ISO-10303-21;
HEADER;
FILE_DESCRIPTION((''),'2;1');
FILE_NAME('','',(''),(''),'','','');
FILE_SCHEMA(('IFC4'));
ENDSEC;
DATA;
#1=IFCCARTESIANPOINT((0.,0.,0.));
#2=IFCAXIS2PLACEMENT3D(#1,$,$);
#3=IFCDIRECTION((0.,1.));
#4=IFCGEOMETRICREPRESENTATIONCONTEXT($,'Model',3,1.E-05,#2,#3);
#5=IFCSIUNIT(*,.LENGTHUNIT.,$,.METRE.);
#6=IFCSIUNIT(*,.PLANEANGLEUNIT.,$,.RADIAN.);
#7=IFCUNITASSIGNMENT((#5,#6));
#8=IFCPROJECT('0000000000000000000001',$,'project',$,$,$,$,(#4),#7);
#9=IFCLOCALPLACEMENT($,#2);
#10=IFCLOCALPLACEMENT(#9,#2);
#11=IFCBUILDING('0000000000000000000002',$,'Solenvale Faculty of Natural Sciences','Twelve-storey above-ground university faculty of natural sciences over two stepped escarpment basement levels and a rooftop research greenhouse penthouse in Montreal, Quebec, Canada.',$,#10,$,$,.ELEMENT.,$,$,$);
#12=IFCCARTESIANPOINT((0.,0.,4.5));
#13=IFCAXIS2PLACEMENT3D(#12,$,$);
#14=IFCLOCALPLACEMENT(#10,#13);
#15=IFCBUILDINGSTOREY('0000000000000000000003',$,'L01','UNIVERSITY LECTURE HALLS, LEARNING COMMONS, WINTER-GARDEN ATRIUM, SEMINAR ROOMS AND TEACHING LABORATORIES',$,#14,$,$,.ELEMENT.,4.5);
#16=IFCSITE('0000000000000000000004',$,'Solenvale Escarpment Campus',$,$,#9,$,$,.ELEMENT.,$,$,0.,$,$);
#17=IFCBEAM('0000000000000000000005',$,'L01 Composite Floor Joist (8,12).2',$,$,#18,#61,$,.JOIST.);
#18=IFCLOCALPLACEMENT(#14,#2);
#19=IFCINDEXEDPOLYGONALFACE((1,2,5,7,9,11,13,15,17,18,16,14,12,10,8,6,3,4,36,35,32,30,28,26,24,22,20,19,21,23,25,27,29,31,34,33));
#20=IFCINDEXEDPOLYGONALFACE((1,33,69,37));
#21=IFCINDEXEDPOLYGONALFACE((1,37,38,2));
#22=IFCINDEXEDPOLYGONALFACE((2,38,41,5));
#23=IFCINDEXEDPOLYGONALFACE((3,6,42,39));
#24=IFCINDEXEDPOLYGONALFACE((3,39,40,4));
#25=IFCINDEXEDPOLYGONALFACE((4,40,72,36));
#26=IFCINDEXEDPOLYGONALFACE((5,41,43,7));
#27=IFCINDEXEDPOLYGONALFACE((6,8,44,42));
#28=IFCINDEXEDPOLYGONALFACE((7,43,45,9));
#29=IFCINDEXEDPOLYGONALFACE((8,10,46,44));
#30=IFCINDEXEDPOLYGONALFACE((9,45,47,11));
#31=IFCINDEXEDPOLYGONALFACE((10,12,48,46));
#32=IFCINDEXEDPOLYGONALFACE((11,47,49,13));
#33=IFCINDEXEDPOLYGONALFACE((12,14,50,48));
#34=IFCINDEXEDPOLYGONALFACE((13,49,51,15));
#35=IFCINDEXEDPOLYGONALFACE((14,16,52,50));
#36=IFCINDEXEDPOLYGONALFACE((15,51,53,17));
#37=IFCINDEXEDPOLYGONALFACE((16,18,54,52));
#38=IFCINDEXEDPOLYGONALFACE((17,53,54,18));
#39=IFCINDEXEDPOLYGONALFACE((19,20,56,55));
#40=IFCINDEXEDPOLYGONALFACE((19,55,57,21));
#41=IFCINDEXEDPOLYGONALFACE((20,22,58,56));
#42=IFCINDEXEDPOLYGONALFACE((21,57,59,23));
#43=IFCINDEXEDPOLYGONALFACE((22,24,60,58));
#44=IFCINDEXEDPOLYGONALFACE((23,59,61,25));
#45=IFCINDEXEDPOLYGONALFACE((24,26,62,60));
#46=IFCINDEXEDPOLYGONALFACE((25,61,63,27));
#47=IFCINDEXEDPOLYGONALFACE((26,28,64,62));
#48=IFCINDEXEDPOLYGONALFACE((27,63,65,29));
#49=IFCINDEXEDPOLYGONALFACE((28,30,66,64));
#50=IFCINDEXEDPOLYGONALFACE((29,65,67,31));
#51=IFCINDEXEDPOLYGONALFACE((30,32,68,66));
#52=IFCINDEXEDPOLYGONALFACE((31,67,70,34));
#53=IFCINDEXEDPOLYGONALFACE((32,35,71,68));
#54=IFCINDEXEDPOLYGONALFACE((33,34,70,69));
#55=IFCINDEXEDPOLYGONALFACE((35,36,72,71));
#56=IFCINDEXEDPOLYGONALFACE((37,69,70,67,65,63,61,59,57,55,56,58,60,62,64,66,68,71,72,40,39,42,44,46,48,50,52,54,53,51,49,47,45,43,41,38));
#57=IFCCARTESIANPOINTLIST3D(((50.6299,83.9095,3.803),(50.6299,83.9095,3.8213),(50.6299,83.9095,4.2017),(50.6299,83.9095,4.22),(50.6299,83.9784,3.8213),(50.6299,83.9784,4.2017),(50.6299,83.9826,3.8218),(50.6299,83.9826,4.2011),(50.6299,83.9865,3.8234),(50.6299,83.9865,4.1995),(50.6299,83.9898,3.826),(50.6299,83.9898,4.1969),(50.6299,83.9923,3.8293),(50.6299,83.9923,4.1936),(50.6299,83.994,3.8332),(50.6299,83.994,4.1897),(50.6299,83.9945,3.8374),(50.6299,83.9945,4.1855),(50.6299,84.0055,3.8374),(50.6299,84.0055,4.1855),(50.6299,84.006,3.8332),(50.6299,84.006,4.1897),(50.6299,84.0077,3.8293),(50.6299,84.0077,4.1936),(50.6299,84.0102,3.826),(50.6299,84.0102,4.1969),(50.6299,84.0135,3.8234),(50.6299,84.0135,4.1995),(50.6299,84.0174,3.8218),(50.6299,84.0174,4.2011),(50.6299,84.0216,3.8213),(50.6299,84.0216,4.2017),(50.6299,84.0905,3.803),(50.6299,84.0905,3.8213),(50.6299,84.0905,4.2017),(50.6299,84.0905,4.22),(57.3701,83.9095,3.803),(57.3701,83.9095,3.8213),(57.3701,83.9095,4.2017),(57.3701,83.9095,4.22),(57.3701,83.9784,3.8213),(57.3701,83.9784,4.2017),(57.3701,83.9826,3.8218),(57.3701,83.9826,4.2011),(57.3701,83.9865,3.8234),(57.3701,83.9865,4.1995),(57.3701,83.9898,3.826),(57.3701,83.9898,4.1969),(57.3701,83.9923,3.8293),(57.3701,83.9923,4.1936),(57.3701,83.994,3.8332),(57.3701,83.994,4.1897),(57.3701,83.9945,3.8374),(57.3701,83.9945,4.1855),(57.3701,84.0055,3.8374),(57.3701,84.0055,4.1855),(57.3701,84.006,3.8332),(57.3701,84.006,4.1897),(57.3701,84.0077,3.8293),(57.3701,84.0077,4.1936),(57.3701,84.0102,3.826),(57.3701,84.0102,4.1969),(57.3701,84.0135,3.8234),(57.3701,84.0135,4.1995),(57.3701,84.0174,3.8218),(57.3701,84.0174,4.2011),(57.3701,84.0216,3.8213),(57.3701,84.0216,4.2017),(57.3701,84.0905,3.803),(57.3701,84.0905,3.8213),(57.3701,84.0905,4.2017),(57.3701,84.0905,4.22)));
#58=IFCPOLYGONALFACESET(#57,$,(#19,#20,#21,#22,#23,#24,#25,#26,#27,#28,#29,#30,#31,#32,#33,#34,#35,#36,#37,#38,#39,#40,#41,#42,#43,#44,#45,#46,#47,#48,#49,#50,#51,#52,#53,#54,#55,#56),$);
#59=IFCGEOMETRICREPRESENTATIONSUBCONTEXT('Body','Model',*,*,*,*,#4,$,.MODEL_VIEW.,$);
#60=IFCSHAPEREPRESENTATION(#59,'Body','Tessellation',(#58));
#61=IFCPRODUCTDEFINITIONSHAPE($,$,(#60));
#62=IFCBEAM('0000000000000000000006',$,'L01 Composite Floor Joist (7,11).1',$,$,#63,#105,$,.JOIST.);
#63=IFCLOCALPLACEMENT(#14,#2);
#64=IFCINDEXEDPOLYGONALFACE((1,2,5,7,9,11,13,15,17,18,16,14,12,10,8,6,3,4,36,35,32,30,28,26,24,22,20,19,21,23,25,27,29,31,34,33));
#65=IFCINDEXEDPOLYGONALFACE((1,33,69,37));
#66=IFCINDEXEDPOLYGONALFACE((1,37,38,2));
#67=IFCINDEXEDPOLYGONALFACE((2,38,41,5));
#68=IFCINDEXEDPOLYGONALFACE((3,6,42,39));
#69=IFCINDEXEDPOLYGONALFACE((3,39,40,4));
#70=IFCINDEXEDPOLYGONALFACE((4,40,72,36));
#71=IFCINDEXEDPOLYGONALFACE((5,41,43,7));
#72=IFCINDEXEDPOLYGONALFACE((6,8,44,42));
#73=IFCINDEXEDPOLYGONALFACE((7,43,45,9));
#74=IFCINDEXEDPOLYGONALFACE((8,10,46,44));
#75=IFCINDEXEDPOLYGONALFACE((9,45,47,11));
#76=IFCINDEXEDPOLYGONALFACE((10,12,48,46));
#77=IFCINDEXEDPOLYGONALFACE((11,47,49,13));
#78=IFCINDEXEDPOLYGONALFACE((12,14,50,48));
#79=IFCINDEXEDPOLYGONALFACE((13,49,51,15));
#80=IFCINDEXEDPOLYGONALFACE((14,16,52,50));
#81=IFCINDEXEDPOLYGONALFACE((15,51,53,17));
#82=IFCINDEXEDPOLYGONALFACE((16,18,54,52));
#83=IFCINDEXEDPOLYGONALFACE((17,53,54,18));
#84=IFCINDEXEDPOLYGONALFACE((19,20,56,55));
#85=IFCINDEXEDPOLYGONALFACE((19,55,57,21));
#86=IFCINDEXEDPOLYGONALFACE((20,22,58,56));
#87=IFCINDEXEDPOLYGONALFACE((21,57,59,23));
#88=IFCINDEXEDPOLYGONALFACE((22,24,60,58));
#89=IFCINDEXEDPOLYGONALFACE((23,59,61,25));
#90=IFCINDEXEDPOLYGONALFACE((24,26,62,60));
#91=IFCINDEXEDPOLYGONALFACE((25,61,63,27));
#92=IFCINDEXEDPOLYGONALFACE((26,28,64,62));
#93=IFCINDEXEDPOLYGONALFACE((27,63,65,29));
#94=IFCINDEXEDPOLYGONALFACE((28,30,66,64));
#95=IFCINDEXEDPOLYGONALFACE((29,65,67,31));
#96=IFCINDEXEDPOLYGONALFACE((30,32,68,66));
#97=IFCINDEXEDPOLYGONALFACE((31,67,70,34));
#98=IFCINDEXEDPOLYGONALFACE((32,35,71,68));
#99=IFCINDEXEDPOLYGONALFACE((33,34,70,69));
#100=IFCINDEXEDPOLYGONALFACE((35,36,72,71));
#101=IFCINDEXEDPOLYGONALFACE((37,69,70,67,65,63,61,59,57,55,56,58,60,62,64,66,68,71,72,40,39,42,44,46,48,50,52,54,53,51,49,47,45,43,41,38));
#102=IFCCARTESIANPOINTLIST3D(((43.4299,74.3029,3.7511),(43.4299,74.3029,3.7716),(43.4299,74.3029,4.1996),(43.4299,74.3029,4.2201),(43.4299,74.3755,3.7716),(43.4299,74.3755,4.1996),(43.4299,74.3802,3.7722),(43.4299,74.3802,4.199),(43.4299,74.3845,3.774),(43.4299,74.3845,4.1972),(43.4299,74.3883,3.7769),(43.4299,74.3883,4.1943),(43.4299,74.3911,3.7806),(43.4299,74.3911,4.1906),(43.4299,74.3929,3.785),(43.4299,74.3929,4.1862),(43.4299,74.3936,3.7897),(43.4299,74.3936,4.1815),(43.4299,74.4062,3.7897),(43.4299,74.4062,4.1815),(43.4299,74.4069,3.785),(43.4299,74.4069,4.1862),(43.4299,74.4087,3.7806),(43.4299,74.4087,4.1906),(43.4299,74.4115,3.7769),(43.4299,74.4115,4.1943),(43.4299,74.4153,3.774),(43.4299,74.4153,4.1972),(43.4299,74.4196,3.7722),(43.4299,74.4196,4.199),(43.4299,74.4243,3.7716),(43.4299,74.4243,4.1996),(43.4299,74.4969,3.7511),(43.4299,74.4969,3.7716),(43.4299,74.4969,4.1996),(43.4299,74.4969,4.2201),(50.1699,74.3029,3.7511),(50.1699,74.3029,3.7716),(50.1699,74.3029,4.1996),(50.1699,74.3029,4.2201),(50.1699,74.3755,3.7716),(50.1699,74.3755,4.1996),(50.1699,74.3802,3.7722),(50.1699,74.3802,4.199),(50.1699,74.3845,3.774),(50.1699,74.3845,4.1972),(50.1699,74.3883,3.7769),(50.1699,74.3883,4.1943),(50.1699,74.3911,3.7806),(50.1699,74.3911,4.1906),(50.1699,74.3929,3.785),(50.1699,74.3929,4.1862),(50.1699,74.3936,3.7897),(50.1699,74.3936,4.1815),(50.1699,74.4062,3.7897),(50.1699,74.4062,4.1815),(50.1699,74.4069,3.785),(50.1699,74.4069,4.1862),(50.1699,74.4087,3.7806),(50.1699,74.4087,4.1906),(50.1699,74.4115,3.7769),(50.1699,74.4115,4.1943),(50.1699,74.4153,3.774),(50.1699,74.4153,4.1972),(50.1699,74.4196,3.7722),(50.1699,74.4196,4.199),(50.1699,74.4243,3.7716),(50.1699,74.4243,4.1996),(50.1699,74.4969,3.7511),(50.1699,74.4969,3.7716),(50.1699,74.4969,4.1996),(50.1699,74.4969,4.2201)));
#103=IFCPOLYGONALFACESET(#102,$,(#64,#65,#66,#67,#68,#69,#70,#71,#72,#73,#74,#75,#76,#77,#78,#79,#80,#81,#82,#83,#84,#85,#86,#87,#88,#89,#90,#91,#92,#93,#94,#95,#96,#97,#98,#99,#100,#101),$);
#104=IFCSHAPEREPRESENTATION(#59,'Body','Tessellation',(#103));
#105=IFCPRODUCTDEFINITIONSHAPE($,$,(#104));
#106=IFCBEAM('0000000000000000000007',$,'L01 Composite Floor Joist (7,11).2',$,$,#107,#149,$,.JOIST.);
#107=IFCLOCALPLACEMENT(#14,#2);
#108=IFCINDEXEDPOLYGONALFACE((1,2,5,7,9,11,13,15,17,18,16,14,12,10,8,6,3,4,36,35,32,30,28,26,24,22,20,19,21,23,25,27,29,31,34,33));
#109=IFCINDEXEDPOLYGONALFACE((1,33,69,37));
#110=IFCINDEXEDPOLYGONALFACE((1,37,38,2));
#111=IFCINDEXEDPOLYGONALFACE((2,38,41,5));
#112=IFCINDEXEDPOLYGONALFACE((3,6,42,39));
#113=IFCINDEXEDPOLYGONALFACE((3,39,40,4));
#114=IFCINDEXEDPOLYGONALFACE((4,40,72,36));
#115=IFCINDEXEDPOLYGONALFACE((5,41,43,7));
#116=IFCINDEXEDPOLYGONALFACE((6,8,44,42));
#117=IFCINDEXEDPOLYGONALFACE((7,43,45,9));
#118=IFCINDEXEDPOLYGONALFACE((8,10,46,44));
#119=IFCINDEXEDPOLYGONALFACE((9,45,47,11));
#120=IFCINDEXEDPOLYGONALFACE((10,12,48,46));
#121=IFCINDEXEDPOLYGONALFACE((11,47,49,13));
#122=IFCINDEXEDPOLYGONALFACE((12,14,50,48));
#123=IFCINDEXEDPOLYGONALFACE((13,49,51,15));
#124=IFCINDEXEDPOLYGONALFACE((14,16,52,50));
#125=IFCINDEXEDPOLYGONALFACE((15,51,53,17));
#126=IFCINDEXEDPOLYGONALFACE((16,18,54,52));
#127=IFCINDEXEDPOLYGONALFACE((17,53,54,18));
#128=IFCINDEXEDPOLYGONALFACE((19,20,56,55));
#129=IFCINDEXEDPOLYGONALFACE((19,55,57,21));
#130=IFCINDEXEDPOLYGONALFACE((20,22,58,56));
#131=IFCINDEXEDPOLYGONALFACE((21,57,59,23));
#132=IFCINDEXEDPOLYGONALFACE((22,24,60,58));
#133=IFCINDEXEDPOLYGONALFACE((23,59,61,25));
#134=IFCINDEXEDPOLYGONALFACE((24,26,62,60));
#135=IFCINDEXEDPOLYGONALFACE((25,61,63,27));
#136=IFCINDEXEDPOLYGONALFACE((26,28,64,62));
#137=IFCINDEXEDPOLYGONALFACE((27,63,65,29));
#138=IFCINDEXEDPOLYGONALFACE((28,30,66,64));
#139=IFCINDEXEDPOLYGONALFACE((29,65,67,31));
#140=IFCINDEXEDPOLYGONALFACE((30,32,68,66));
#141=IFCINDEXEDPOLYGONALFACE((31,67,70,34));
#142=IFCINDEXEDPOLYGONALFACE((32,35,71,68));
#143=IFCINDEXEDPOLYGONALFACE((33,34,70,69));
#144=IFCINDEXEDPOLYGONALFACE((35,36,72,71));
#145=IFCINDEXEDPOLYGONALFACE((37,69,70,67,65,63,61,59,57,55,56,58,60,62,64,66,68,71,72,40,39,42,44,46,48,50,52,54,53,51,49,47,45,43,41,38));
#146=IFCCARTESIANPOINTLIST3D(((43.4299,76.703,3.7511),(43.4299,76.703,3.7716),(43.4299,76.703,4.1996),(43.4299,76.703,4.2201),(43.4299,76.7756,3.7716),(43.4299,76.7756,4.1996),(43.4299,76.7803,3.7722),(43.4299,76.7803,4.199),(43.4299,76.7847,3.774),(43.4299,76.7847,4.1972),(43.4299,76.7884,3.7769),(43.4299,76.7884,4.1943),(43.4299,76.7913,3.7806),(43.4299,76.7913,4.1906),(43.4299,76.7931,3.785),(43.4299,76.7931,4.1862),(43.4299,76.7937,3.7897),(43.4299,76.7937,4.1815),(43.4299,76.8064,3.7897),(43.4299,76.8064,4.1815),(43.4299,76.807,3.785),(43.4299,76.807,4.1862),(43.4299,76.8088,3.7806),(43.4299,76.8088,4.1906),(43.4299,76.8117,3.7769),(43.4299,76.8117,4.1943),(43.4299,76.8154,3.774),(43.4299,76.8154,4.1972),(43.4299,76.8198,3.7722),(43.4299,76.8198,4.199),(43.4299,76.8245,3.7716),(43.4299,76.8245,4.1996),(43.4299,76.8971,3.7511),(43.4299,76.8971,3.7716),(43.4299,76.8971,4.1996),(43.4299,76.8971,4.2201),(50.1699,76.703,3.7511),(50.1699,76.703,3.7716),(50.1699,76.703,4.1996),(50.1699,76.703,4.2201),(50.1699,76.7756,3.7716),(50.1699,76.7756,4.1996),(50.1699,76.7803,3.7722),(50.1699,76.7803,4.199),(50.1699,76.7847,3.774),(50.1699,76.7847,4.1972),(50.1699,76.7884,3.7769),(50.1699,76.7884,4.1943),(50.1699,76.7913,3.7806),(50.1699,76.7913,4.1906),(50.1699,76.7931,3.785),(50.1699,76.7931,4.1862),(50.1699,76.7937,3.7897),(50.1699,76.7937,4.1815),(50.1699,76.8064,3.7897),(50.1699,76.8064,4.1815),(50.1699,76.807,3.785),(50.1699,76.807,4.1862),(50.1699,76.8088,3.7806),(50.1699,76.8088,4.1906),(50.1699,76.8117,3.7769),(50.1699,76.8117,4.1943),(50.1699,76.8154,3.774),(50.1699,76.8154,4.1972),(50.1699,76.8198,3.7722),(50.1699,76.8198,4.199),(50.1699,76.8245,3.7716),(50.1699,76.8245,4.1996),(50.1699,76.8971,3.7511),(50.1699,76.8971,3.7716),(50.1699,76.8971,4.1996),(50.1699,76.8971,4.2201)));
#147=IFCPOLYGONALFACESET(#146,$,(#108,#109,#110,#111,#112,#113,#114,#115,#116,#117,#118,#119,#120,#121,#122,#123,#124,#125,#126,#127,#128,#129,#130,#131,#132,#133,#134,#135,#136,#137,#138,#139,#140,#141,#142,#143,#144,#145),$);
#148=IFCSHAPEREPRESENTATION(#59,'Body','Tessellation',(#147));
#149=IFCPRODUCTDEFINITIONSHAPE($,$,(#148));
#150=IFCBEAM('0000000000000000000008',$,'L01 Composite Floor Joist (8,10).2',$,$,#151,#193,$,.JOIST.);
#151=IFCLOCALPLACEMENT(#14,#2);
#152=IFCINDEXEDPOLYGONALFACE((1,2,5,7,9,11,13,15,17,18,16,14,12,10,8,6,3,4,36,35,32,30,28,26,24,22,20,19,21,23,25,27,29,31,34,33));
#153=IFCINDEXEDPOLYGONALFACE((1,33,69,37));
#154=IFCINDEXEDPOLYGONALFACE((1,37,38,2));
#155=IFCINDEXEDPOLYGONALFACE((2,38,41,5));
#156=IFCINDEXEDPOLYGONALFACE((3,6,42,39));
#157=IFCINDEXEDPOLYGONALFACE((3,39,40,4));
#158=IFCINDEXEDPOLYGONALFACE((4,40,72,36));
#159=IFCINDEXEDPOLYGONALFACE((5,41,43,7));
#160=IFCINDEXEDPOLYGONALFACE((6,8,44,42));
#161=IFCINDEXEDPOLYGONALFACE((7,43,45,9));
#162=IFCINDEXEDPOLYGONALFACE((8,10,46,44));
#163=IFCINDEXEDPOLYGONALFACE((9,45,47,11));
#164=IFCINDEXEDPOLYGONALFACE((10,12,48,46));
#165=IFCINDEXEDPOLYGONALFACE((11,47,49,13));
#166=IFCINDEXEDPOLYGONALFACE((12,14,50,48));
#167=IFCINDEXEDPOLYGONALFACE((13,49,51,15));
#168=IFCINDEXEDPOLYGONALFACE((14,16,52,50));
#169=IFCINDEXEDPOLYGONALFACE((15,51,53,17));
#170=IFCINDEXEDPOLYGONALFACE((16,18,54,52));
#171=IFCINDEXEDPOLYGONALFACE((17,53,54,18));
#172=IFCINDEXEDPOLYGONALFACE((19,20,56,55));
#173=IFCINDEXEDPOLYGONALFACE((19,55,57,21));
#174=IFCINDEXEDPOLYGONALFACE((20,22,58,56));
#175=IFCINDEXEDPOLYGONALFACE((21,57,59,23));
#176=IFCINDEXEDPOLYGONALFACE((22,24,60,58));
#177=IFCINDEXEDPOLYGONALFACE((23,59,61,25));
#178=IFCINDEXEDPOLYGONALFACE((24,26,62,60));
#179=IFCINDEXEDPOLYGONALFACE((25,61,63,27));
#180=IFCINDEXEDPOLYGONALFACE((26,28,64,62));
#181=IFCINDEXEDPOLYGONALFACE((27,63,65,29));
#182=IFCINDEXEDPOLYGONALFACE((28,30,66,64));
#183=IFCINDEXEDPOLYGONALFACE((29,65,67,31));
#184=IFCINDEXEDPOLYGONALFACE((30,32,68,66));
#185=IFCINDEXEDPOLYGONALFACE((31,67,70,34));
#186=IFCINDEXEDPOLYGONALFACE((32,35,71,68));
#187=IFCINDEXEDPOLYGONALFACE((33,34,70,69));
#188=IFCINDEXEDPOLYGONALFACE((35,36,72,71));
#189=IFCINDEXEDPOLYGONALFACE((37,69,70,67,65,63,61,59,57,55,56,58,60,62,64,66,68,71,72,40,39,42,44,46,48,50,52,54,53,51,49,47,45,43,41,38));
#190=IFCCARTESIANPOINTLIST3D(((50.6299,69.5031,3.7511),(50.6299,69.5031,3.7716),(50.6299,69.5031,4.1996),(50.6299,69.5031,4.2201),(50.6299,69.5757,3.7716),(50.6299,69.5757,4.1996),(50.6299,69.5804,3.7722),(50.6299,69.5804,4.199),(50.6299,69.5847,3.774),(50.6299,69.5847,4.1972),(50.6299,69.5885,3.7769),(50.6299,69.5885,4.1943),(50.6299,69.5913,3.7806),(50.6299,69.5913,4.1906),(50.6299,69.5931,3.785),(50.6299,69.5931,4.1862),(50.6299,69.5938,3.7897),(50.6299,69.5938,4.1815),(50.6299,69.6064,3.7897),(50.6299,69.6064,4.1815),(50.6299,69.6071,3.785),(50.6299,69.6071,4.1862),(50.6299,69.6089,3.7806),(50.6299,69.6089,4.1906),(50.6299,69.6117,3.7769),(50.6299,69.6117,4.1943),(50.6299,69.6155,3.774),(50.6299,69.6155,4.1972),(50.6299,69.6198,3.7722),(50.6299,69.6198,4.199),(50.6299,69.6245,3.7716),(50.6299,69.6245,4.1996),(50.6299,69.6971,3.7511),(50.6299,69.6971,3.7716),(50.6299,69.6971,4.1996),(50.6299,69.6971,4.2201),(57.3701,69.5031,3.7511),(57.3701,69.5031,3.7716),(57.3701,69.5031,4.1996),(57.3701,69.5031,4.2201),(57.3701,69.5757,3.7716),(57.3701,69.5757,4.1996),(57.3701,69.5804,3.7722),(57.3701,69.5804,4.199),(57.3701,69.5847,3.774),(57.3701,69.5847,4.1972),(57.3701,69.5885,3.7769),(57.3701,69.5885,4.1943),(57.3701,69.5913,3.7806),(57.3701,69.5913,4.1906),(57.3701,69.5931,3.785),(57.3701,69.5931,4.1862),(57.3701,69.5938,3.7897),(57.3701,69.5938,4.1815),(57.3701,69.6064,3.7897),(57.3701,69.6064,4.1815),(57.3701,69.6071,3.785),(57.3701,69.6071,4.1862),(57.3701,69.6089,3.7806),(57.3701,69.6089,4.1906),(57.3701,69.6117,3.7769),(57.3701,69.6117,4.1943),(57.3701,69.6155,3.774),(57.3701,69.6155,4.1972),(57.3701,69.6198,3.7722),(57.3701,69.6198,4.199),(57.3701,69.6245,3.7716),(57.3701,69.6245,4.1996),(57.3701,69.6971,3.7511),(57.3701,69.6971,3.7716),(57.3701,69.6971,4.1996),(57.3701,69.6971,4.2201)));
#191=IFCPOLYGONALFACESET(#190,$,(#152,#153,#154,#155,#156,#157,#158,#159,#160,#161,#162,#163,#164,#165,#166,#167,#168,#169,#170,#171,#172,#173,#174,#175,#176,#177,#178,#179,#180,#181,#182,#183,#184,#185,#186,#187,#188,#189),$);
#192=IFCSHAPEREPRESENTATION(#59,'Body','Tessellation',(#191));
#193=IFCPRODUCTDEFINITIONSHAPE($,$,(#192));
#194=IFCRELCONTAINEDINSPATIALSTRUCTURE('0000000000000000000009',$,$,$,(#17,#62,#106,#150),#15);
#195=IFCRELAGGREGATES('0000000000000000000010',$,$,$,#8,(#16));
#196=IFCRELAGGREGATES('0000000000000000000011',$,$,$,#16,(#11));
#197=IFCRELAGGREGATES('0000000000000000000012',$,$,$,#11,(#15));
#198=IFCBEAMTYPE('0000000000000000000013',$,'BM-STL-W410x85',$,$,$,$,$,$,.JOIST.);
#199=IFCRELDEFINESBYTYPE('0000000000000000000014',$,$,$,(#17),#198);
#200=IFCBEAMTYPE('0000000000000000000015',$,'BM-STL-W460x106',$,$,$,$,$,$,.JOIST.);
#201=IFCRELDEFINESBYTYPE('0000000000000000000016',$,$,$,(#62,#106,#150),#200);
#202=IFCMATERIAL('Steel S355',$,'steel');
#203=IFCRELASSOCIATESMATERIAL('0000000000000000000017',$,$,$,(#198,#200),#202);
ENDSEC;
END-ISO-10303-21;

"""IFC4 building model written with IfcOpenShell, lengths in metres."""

from ifc_helpers import new_model, si_unit, direction, frame, origin, origin_2d, place, context, subcontext, project, spatial, i_section, extrude, material, material_profile, profile_set, type_object, element, save


model = new_model("IFC4")

# Units and contexts
model_context = context("Model", 3, precision=1e-05, world=origin(), true_north=direction((0.0, 1.0)))
body_context = subcontext(model_context, "Body", "Model", "MODEL_VIEW")
ifc_project = project(units=[si_unit("LENGTHUNIT", "METRE"), si_unit("PLANEANGLEUNIT", "RADIAN")], contexts=[model_context])

# Site, building, storey
site_placement = place(None, origin())
site = spatial("IfcSite", under=ifc_project, at=site_placement, Name="Solenvale Escarpment Campus", CompositionType="ELEMENT", RefElevation=0.0)
building_placement = place(site_placement, origin())
building = spatial("IfcBuilding", under=site, at=building_placement, Name="Solenvale Faculty of Natural Sciences", Description="Twelve-storey above-ground university faculty of natural sciences over two stepped escarpment basement levels and a rooftop research greenhouse penthouse in Montreal, Quebec, Canada.", CompositionType="ELEMENT")
storey_placement = place(building_placement, frame((0.0, 0.0, 4.5)))
storey = spatial("IfcBuildingStorey", under=building, at=storey_placement, Name="L01", Description="UNIVERSITY LECTURE HALLS, LEARNING COMMONS, WINTER-GARDEN ATRIUM, SEMINAR ROOMS AND TEACHING LABORATORIES", CompositionType="ELEMENT", Elevation=4.5)

# Beams
ifc_material_1 = material(Name="Steel S355", Category="steel")
ifc_material_profile_1 = material_profile(ifc_material_1, i_section(OverallWidth=0.1809, OverallDepth=0.417, WebThickness=0.011, FlangeThickness=0.0183, FilletRadius=0.0161, at=origin_2d()), Name="W410x85")
ifc_profile_set_1 = profile_set([ifc_material_profile_1], Name="Steel S355")
beam_type_1 = type_object("IfcBeamType", Name="BM-STL-W410x85", PredefinedType="JOIST", material=ifc_profile_set_1)
for number, where, z_axis, x_axis, name in (
    (1, (50.6299, 84.0, 4.0115), (1.0, 0.0, 0.0), (0.0, 1.0, 0.0), "L01 Composite Floor Joist (8,12).2"),
):
    element("IfcBeam", number, at=place(storey_placement, frame(where, z_axis=z_axis, x_axis=x_axis)), inside=storey, type_object=beam_type_1, Name=name, PredefinedType="JOIST", context=body_context, shape_type="SweptSolid", body=[
        extrude(i_section(OverallWidth=0.1809, OverallDepth=0.417, WebThickness=0.011, FlangeThickness=0.0183, FilletRadius=0.0161, at=origin_2d()), origin(), (0.0, 0.0, 1.0), 6.7402),
    ])
ifc_material_profile_2 = material_profile(ifc_material_1, i_section(OverallWidth=0.1941, OverallDepth=0.469, WebThickness=0.0127, FlangeThickness=0.0205, FilletRadius=0.0181, at=origin_2d()), Name="W460x106")
ifc_profile_set_2 = profile_set([ifc_material_profile_2], Name="Steel S355")
beam_type_2 = type_object("IfcBeamType", Name="BM-STL-W460x106", PredefinedType="JOIST", material=ifc_profile_set_2)
for number, where, z_axis, x_axis, name in (
    (2, (43.4299, 74.3999, 3.9856), (1.0, 0.0, 0.0), (0.0, 1.0, 0.0), "L01 Composite Floor Joist (7,11).1"),
    (3, (43.4299, 76.8, 3.9856), (1.0, 0.0, 0.0), (0.0, 1.0, 0.0), "L01 Composite Floor Joist (7,11).2"),
):
    element("IfcBeam", number, at=place(storey_placement, frame(where, z_axis=z_axis, x_axis=x_axis)), inside=storey, type_object=beam_type_2, Name=name, PredefinedType="JOIST", context=body_context, shape_type="SweptSolid", body=[
        extrude(i_section(OverallWidth=0.1941, OverallDepth=0.469, WebThickness=0.0127, FlangeThickness=0.0205, FilletRadius=0.0181, at=origin_2d()), origin(), (0.0, 0.0, 1.0), 6.74),
    ])
beam_1_placement = place(storey_placement, frame((50.6299, 69.6001, 3.9856), z_axis=(1.0, 0.0, 0.0), x_axis=(0.0, 1.0, 0.0)))
element("IfcBeam", 4, at=beam_1_placement, inside=storey, type_object=beam_type_2, Name="L01 Composite Floor Joist (8,10).2", PredefinedType="JOIST", context=body_context, shape_type="SweptSolid", body=[
    extrude(i_section(OverallWidth=0.1941, OverallDepth=0.469, WebThickness=0.0127, FlangeThickness=0.0205, FilletRadius=0.0181, at=origin_2d()), origin(), (0.0, 0.0, 1.0), 6.7402),
])

save(model, "model.ifc")
